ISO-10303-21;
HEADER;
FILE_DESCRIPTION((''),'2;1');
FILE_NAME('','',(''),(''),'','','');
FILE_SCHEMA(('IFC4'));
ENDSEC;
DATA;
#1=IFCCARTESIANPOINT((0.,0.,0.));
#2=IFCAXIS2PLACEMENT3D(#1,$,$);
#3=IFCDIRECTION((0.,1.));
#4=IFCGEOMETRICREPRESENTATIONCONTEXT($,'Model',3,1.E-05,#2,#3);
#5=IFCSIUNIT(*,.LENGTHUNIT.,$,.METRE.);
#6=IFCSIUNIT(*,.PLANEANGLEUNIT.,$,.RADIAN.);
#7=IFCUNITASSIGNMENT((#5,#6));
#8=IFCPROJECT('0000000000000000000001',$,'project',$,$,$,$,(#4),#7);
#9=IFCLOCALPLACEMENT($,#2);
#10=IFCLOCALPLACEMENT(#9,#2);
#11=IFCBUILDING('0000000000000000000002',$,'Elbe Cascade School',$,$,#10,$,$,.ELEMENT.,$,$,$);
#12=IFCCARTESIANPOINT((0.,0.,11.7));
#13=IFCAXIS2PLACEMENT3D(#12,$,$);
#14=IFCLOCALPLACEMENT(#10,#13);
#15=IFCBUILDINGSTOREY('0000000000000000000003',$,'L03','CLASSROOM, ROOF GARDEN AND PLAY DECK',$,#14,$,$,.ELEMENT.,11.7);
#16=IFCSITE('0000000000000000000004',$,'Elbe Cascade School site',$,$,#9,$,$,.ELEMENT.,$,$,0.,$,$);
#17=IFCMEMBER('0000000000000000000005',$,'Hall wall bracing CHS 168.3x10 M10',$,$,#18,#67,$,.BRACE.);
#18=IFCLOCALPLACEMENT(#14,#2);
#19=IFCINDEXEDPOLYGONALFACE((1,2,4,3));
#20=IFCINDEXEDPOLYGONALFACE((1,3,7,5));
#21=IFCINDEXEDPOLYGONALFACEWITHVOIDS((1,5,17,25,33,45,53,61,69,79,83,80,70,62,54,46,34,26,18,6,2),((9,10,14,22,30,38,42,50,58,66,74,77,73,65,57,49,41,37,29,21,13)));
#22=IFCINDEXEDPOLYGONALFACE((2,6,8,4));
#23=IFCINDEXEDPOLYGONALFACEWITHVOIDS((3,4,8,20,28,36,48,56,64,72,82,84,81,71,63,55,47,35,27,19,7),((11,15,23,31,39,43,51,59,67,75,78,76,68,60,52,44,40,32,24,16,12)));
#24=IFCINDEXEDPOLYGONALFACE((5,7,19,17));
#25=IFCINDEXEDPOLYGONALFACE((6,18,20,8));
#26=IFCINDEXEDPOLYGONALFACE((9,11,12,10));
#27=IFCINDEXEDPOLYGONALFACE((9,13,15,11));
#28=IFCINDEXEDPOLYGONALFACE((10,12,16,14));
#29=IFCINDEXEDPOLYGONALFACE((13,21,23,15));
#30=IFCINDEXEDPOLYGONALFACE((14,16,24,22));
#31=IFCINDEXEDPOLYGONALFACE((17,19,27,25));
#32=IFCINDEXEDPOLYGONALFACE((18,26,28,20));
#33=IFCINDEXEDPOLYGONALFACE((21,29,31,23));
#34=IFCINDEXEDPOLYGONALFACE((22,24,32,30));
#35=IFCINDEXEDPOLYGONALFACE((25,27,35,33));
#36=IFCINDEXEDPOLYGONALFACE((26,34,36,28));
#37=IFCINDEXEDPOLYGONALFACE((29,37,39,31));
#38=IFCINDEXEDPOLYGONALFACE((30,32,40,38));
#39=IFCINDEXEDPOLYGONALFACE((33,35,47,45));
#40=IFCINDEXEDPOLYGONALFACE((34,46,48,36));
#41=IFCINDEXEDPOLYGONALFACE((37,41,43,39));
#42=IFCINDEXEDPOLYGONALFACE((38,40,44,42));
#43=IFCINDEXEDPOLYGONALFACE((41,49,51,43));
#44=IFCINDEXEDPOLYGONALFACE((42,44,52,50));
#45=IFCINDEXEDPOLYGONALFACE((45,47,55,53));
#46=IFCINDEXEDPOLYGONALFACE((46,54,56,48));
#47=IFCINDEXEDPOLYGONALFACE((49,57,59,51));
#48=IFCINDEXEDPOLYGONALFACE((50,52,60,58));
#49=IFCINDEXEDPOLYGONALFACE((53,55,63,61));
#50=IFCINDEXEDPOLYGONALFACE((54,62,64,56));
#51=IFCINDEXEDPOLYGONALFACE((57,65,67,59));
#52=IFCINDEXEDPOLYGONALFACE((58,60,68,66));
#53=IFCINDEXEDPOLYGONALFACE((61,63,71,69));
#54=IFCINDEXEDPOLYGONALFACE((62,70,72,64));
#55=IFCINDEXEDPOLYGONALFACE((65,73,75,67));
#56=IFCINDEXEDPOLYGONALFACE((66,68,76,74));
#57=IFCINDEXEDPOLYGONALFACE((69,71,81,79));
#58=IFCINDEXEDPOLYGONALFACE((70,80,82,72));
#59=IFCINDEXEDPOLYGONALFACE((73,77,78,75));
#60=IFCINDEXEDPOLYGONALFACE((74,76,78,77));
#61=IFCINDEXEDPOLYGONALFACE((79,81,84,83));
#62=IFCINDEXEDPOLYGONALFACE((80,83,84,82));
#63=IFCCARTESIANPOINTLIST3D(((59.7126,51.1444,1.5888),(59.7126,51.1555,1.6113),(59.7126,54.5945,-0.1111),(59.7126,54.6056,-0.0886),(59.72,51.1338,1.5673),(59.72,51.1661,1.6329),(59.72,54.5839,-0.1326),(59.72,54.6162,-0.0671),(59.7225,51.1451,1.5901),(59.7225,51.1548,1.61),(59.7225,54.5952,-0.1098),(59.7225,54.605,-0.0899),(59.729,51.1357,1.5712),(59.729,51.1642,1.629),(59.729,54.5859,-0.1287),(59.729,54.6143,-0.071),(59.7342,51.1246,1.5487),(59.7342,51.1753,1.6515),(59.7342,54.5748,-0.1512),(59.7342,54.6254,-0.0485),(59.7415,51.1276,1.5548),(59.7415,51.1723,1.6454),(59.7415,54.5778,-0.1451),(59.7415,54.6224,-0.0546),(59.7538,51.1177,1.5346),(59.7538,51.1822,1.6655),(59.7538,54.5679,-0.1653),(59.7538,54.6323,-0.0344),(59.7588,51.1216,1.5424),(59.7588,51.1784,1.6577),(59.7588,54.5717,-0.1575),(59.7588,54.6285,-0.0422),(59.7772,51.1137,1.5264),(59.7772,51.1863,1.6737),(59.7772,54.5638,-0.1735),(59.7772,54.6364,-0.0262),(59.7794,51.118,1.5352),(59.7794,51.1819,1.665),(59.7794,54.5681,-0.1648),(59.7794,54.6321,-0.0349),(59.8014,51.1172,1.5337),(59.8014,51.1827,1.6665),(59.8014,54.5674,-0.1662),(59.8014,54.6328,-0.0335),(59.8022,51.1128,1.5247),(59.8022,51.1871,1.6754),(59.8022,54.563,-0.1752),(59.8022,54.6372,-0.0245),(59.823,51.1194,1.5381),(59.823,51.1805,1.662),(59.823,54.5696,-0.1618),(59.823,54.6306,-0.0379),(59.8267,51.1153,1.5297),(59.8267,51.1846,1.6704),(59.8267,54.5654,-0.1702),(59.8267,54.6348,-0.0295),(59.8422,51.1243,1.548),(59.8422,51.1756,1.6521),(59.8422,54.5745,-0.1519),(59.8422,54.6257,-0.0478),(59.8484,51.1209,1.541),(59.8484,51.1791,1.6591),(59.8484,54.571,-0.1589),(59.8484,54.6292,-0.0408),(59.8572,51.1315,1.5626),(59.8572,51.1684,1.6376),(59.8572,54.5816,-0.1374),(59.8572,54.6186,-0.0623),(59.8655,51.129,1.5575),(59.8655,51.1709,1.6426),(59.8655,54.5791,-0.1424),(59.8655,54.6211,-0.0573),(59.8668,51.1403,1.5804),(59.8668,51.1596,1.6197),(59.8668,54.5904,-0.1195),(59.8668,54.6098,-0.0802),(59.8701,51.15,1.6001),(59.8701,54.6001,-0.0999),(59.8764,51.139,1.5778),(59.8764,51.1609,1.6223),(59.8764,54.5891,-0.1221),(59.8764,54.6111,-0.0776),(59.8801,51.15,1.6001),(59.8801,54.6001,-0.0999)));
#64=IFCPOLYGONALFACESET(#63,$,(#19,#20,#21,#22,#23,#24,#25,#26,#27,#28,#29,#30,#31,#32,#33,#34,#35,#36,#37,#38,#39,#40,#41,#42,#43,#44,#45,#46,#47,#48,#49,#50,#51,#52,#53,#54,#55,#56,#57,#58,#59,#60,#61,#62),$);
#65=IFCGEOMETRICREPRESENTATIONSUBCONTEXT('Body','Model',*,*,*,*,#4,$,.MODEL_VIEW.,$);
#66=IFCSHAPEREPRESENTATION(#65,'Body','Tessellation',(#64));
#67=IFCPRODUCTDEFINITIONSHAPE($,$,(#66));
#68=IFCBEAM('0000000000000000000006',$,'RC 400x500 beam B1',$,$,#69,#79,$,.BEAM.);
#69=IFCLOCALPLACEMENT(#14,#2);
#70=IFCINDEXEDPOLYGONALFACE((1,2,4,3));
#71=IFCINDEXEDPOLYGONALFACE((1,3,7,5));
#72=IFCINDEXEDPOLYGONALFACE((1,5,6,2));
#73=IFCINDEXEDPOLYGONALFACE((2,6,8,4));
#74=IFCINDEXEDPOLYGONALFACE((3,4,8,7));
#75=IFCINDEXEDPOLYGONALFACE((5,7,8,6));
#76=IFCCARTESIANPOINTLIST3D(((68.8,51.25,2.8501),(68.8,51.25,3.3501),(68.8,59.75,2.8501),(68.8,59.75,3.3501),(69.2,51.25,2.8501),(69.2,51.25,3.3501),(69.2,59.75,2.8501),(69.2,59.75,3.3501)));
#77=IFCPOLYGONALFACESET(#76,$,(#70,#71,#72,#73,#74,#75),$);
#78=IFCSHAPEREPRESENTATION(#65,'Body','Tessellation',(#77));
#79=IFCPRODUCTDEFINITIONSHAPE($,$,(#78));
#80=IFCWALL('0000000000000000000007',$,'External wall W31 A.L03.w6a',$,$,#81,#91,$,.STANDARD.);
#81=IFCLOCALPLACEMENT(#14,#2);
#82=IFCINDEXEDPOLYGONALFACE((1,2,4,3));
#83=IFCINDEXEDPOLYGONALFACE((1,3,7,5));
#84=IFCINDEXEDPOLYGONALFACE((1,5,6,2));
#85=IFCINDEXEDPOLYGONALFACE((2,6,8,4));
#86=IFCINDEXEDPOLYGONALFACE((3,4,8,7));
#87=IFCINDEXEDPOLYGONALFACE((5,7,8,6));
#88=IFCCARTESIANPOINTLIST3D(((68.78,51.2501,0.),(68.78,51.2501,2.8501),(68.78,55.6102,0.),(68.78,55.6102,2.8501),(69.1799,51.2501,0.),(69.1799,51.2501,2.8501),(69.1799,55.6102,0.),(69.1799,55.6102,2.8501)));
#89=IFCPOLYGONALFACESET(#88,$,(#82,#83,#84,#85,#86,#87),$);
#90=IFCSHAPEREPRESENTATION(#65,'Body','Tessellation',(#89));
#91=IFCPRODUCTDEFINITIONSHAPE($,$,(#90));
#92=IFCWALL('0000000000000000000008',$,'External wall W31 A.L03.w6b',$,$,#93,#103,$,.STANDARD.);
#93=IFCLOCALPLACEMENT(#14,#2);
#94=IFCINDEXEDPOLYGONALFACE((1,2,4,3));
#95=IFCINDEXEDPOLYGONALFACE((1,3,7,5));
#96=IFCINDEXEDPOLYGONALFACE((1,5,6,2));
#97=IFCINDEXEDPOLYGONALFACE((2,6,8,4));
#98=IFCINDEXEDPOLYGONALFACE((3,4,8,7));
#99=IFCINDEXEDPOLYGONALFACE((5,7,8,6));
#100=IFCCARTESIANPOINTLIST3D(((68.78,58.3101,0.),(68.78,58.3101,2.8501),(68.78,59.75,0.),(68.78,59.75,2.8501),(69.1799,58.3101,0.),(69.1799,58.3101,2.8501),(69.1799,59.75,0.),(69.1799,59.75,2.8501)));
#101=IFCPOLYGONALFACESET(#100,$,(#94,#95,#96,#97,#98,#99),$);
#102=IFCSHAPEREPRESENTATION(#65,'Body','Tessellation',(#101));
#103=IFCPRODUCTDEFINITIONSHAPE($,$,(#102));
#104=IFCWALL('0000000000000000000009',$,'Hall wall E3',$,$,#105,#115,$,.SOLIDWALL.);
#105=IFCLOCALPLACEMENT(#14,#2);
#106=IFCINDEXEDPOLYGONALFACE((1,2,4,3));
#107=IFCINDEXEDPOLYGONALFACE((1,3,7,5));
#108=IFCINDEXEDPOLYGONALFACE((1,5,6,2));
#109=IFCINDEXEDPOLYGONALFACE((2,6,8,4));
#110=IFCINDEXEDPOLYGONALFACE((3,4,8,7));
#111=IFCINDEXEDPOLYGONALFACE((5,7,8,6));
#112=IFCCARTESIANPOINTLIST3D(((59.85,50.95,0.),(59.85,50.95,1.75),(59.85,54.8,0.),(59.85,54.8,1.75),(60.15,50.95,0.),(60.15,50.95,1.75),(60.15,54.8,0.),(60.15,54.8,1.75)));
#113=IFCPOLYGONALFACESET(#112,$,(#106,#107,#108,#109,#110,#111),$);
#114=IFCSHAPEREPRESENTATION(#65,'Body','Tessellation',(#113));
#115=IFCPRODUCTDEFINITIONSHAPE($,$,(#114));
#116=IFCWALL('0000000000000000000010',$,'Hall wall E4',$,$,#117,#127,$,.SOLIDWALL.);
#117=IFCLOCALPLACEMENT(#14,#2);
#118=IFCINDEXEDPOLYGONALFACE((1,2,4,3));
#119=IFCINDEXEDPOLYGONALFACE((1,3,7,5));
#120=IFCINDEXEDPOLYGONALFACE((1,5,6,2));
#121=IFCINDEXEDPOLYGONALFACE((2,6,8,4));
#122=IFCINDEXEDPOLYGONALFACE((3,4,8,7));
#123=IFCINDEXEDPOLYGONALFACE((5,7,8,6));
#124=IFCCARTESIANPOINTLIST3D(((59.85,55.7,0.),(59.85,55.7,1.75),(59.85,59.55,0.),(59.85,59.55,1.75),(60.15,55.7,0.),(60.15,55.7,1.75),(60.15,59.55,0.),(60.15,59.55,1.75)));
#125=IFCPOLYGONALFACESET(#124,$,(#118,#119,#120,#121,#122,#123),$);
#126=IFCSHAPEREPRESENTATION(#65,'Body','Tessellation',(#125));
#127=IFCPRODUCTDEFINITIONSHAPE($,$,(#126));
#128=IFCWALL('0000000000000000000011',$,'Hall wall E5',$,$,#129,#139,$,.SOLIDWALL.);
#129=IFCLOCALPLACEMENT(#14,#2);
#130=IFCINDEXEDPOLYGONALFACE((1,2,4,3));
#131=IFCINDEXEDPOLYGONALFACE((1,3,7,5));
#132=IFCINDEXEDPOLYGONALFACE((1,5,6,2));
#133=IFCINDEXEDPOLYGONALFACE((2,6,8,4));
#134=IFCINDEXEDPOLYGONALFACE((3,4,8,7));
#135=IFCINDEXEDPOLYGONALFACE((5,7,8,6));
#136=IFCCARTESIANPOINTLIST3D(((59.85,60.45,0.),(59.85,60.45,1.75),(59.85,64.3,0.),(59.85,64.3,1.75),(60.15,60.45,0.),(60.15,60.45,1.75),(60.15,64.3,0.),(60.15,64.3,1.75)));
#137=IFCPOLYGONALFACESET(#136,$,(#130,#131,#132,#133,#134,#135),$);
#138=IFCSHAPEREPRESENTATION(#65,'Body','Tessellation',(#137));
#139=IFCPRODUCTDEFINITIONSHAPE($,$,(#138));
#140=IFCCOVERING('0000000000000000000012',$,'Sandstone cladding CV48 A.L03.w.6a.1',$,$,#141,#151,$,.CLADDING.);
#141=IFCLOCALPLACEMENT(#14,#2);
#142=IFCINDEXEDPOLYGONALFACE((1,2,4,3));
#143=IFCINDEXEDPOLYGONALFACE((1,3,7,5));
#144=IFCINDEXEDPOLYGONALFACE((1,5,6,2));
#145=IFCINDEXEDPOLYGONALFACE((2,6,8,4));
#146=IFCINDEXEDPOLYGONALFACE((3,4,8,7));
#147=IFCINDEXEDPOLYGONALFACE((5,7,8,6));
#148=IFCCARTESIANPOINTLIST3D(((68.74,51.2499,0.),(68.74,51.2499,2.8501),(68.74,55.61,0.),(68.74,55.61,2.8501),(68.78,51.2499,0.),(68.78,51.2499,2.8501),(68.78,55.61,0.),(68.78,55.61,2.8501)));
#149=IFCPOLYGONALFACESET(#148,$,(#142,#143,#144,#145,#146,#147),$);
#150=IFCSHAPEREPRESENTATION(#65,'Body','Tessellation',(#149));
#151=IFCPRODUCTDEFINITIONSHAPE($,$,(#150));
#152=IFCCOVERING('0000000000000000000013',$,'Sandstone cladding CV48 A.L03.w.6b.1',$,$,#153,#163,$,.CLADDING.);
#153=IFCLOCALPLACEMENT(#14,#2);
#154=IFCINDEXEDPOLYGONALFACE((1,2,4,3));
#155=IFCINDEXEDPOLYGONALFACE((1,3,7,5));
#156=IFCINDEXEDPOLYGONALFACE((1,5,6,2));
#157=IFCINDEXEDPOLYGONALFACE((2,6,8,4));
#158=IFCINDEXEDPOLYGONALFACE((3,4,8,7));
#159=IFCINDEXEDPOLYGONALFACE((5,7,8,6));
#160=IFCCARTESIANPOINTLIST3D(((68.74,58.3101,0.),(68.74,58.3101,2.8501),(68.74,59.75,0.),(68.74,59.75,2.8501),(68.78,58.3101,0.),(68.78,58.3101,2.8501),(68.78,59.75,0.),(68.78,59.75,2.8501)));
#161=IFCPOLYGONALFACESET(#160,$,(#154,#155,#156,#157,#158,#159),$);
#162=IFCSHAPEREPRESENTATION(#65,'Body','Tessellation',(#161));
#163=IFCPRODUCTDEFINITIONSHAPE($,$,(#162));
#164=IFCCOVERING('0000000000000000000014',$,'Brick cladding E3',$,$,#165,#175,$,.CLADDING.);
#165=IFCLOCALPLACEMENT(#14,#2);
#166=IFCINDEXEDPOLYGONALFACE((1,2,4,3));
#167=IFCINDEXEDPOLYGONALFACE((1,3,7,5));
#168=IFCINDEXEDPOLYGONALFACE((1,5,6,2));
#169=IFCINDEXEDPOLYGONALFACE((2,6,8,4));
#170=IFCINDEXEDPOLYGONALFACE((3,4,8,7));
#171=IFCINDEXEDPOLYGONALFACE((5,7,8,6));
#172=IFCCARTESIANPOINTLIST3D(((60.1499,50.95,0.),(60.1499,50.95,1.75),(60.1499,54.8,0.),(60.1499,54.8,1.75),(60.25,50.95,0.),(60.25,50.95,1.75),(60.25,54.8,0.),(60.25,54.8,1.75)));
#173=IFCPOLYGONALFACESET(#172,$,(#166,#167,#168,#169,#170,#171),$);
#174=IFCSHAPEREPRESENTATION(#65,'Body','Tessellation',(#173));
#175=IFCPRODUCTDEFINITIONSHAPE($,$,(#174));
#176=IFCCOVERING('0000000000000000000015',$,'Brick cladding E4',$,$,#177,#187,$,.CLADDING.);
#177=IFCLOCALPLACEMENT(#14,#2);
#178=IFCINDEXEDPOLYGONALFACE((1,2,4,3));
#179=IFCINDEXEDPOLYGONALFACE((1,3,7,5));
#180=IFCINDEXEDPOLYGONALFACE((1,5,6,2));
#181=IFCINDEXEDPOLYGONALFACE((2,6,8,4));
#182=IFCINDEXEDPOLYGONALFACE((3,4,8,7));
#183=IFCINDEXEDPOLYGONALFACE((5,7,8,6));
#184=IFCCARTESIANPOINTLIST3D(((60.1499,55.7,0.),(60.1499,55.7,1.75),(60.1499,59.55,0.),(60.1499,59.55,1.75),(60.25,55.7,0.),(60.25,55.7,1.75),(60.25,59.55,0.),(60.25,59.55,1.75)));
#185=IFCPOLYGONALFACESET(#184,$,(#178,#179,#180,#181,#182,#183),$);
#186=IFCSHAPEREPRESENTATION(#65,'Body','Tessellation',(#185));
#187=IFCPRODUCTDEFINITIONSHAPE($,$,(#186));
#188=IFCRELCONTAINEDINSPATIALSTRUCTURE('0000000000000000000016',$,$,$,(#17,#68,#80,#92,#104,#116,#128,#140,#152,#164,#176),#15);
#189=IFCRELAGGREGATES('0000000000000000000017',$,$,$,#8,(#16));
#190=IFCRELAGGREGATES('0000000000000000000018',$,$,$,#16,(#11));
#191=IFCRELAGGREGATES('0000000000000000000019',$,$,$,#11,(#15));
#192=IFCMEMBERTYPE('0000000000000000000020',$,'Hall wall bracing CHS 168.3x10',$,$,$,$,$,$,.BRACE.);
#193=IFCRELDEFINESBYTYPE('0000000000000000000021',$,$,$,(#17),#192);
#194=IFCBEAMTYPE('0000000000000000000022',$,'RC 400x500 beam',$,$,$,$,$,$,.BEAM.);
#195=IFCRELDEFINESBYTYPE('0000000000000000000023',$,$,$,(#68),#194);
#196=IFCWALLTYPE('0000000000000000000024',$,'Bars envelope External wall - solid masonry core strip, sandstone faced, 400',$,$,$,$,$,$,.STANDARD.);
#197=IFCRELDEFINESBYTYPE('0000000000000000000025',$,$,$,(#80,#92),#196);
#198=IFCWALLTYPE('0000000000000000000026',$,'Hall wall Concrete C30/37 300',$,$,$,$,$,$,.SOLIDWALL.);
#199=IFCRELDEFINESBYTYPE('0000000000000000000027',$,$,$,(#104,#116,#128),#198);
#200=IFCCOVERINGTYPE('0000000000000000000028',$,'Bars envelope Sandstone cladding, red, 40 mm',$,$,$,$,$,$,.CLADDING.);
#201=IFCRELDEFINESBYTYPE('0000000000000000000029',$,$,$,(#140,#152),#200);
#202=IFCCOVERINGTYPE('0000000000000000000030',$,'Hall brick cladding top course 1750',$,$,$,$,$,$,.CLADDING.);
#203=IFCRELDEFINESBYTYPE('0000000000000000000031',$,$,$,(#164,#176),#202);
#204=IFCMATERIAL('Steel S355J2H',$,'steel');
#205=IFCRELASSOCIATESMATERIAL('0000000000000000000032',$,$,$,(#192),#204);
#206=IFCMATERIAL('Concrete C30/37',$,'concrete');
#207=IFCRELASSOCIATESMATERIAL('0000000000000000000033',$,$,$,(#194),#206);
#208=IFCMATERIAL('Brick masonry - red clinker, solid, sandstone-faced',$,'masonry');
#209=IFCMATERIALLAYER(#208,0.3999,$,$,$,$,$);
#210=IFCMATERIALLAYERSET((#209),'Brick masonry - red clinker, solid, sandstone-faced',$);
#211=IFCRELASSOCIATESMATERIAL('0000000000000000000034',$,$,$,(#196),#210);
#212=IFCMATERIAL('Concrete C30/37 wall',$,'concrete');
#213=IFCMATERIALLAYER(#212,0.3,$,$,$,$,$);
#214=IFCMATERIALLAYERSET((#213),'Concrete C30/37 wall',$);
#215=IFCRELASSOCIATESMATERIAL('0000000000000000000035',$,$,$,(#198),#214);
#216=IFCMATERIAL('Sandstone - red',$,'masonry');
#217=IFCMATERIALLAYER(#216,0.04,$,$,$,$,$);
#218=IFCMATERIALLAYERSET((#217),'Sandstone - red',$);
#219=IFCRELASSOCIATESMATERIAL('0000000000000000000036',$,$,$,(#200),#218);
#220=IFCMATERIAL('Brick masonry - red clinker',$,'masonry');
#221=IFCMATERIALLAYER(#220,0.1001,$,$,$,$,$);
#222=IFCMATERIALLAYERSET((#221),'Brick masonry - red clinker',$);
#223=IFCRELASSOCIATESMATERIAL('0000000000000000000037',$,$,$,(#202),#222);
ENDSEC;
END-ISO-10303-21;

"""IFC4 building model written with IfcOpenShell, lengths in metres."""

from ifc_helpers import new_model, si_unit, direction, frame, frame_2d, origin, origin_2d, place, context, subcontext, project, spatial, rectangle, hollow_circle, extrude, material, layer, layer_set, material_profile, profile_set, type_object, element, save


model = new_model("IFC4")

# Units and contexts
model_context = context("Model", 3, precision=1e-05, world=origin(), true_north=direction((0.0, 1.0)))
body_context = subcontext(model_context, "Body", "Model", "MODEL_VIEW")
ifc_project = project(units=[si_unit("LENGTHUNIT", "METRE"), si_unit("PLANEANGLEUNIT", "RADIAN")], contexts=[model_context])

# Site, building, storey
site_placement = place(None, origin())
site = spatial("IfcSite", under=ifc_project, at=site_placement, Name="Elbe Cascade School site", CompositionType="ELEMENT", RefElevation=0.0)
building_placement = place(site_placement, origin())
building = spatial("IfcBuilding", under=site, at=building_placement, Name="Elbe Cascade School", CompositionType="ELEMENT")
storey_placement = place(building_placement, frame((0.0, 0.0, 11.7)))
storey = spatial("IfcBuildingStorey", under=building, at=storey_placement, Name="L03", Description="CLASSROOM, ROOF GARDEN AND PLAY DECK", CompositionType="ELEMENT", Elevation=11.7)

# Member
ifc_material_1 = material(Name="Steel S355J2H", Category="steel")
ifc_material_profile_1 = material_profile(ifc_material_1, hollow_circle(Radius=0.0842, WallThickness=0.01, at=origin_2d()), Name="CHS 168.3x10")
ifc_profile_set_1 = profile_set([ifc_material_profile_1], Name="Steel S355J2H")
member_type_1 = type_object("IfcMemberType", Name="Hall wall bracing CHS 168.3x10", PredefinedType="BRACE", material=ifc_profile_set_1)
member_placement = place(storey_placement, frame((59.7959, 54.6001, -0.0999), z_axis=(0.0, -0.897027, 0.441976), x_axis=(1.0, 0.0, 0.0)))
element("IfcMember", 1, at=member_placement, inside=storey, type_object=member_type_1, Name="Hall wall bracing CHS 168.3x10 M10", PredefinedType="BRACE", context=body_context, shape_type="SweptSolid", body=[
    extrude(hollow_circle(Radius=0.0842, WallThickness=0.01, at=origin_2d()), origin(), (0.0, 0.0, 1.0), 3.8462),
])

# Beam
ifc_material_2 = material(Name="Concrete C30/37", Category="concrete")
ifc_material_profile_2 = material_profile(ifc_material_2, rectangle(XDim=0.3999, YDim=0.5, at=origin_2d()), Name="RC 400x500")
ifc_profile_set_2 = profile_set([ifc_material_profile_2], Name="Concrete C30/37")
beam_type = type_object("IfcBeamType", Name="RC 400x500 beam", PredefinedType="BEAM", material=ifc_profile_set_2)
beam_placement = place(storey_placement, frame((69.0, 51.25, 3.1001), z_axis=(0.0, 1.0, 0.0), x_axis=(-1.0, 0.0, 0.0)))
element("IfcBeam", 2, at=beam_placement, inside=storey, type_object=beam_type, Name="RC 400x500 beam B1", PredefinedType="BEAM", context=body_context, shape_type="SweptSolid", body=[
    extrude(rectangle(XDim=0.3999, YDim=0.5, at=origin_2d()), origin(), (0.0, 0.0, 1.0), 8.5),
])

# Walls
ifc_material_3 = material(Name="Brick masonry - red clinker, solid, sandstone-faced", Category="masonry")
ifc_layer_1 = layer(ifc_material_3, 0.3999)
ifc_layer_set_1 = layer_set([ifc_layer_1], Name="Brick masonry - red clinker, solid, sandstone-faced")
wall_type_1 = type_object("IfcWallType", Name="Bars envelope External wall - solid masonry core strip, sandstone faced, 400", PredefinedType="STANDARD", material=ifc_layer_set_1)
wall_1_placement = place(storey_placement, frame((68.98, 51.25, 0.0), z_axis=(0.0, 0.0, 1.0), x_axis=(0.0, 1.0, 0.0)))
element("IfcWall", 3, at=wall_1_placement, inside=storey, type_object=wall_type_1, Name="External wall W31 A.L03.w6a", PredefinedType="STANDARD", context=body_context, shape_type="SweptSolid", body=[
    extrude(rectangle(XDim=4.3601, YDim=0.3999, at=frame_2d((2.1802, 0.0))), origin(), (0.0, 0.0, 1.0), 2.8501),
])
wall_2_placement = place(storey_placement, frame((68.98, 58.3101, 0.0), z_axis=(0.0, 0.0, 1.0), x_axis=(0.0, 1.0, 0.0)))
element("IfcWall", 4, at=wall_2_placement, inside=storey, type_object=wall_type_1, Name="External wall W31 A.L03.w6b", PredefinedType="STANDARD", context=body_context, shape_type="SweptSolid", body=[
    extrude(rectangle(XDim=1.4399, YDim=0.3999, at=frame_2d((0.72, 0.0))), origin(), (0.0, 0.0, 1.0), 2.8501),
])
ifc_material_4 = material(Name="Concrete C30/37 wall", Category="concrete")
ifc_layer_2 = layer(ifc_material_4, 0.3)
ifc_layer_set_2 = layer_set([ifc_layer_2], Name="Concrete C30/37 wall")
wall_type_2 = type_object("IfcWallType", Name="Hall wall Concrete C30/37 300", PredefinedType="SOLIDWALL", material=ifc_layer_set_2)
for number, where, z_axis, x_axis, name in (
    (5, (60.0, 50.95, 0.0), (0.0, 0.0, 1.0), (0.0, 1.0, 0.0), "Hall wall E3"),
    (6, (60.0, 55.7, 0.0), (0.0, 0.0, 1.0), (0.0, 1.0, 0.0), "Hall wall E4"),
    (7, (60.0, 60.45, 0.0), (0.0, 0.0, 1.0), (0.0, 1.0, 0.0), "Hall wall E5"),
):
    element("IfcWall", number, at=place(storey_placement, frame(where, z_axis=z_axis, x_axis=x_axis)), inside=storey, type_object=wall_type_2, Name=name, PredefinedType="SOLIDWALL", context=body_context, shape_type="SweptSolid", body=[
        extrude(rectangle(XDim=3.8501, YDim=0.3, at=frame_2d((1.925, 0.0))), origin(), (0.0, 0.0, 1.0), 1.75),
    ])

# Coverings
ifc_material_5 = material(Name="Sandstone - red", Category="masonry")
ifc_layer_3 = layer(ifc_material_5, 0.04)
ifc_layer_set_3 = layer_set([ifc_layer_3], Name="Sandstone - red")
covering_type_1 = type_object("IfcCoveringType", Name="Bars envelope Sandstone cladding, red, 40 mm", PredefinedType="CLADDING", material=ifc_layer_set_3)
covering_1_placement = place(storey_placement, frame((68.76, 53.4299, 0.0), z_axis=(0.0, 0.0, 1.0), x_axis=(0.0, 1.0, 0.0)))
element("IfcCovering", 8, at=covering_1_placement, inside=storey, type_object=covering_type_1, Name="Sandstone cladding CV48 A.L03.w.6a.1", PredefinedType="CLADDING", context=body_context, shape_type="SweptSolid", body=[
    extrude(rectangle(XDim=4.3601, YDim=0.04, at=origin_2d()), origin(), (0.0, 0.0, 1.0), 2.8501),
])
covering_2_placement = place(storey_placement, frame((68.76, 59.03, 0.0), z_axis=(0.0, 0.0, 1.0), x_axis=(0.0, 1.0, 0.0)))
element("IfcCovering", 9, at=covering_2_placement, inside=storey, type_object=covering_type_1, Name="Sandstone cladding CV48 A.L03.w.6b.1", PredefinedType="CLADDING", context=body_context, shape_type="SweptSolid", body=[
    extrude(rectangle(XDim=1.4399, YDim=0.04, at=origin_2d()), origin(), (0.0, 0.0, 1.0), 2.8501),
])
ifc_material_6 = material(Name="Brick masonry - red clinker", Category="masonry")
ifc_layer_4 = layer(ifc_material_6, 0.1001)
ifc_layer_set_4 = layer_set([ifc_layer_4], Name="Brick masonry - red clinker")
covering_type_2 = type_object("IfcCoveringType", Name="Hall brick cladding top course 1750", PredefinedType="CLADDING", material=ifc_layer_set_4)
for number, where, z_axis, x_axis, name in (
    (10, (60.2, 52.875, 0.0), (0.0, 0.0, 1.0), (1.0, 0.0, 0.0), "Brick cladding E3"),
    (11, (60.2, 57.625, 0.0), (0.0, 0.0, 1.0), (1.0, 0.0, 0.0), "Brick cladding E4"),
):
    element("IfcCovering", number, at=place(storey_placement, frame(where, z_axis=z_axis, x_axis=x_axis)), inside=storey, type_object=covering_type_2, Name=name, PredefinedType="CLADDING", context=body_context, shape_type="SweptSolid", body=[
        extrude(rectangle(XDim=0.1001, YDim=3.8501, at=origin_2d()), origin(), (0.0, 0.0, 1.0), 1.75),
    ])

save(model, "model.ifc")
